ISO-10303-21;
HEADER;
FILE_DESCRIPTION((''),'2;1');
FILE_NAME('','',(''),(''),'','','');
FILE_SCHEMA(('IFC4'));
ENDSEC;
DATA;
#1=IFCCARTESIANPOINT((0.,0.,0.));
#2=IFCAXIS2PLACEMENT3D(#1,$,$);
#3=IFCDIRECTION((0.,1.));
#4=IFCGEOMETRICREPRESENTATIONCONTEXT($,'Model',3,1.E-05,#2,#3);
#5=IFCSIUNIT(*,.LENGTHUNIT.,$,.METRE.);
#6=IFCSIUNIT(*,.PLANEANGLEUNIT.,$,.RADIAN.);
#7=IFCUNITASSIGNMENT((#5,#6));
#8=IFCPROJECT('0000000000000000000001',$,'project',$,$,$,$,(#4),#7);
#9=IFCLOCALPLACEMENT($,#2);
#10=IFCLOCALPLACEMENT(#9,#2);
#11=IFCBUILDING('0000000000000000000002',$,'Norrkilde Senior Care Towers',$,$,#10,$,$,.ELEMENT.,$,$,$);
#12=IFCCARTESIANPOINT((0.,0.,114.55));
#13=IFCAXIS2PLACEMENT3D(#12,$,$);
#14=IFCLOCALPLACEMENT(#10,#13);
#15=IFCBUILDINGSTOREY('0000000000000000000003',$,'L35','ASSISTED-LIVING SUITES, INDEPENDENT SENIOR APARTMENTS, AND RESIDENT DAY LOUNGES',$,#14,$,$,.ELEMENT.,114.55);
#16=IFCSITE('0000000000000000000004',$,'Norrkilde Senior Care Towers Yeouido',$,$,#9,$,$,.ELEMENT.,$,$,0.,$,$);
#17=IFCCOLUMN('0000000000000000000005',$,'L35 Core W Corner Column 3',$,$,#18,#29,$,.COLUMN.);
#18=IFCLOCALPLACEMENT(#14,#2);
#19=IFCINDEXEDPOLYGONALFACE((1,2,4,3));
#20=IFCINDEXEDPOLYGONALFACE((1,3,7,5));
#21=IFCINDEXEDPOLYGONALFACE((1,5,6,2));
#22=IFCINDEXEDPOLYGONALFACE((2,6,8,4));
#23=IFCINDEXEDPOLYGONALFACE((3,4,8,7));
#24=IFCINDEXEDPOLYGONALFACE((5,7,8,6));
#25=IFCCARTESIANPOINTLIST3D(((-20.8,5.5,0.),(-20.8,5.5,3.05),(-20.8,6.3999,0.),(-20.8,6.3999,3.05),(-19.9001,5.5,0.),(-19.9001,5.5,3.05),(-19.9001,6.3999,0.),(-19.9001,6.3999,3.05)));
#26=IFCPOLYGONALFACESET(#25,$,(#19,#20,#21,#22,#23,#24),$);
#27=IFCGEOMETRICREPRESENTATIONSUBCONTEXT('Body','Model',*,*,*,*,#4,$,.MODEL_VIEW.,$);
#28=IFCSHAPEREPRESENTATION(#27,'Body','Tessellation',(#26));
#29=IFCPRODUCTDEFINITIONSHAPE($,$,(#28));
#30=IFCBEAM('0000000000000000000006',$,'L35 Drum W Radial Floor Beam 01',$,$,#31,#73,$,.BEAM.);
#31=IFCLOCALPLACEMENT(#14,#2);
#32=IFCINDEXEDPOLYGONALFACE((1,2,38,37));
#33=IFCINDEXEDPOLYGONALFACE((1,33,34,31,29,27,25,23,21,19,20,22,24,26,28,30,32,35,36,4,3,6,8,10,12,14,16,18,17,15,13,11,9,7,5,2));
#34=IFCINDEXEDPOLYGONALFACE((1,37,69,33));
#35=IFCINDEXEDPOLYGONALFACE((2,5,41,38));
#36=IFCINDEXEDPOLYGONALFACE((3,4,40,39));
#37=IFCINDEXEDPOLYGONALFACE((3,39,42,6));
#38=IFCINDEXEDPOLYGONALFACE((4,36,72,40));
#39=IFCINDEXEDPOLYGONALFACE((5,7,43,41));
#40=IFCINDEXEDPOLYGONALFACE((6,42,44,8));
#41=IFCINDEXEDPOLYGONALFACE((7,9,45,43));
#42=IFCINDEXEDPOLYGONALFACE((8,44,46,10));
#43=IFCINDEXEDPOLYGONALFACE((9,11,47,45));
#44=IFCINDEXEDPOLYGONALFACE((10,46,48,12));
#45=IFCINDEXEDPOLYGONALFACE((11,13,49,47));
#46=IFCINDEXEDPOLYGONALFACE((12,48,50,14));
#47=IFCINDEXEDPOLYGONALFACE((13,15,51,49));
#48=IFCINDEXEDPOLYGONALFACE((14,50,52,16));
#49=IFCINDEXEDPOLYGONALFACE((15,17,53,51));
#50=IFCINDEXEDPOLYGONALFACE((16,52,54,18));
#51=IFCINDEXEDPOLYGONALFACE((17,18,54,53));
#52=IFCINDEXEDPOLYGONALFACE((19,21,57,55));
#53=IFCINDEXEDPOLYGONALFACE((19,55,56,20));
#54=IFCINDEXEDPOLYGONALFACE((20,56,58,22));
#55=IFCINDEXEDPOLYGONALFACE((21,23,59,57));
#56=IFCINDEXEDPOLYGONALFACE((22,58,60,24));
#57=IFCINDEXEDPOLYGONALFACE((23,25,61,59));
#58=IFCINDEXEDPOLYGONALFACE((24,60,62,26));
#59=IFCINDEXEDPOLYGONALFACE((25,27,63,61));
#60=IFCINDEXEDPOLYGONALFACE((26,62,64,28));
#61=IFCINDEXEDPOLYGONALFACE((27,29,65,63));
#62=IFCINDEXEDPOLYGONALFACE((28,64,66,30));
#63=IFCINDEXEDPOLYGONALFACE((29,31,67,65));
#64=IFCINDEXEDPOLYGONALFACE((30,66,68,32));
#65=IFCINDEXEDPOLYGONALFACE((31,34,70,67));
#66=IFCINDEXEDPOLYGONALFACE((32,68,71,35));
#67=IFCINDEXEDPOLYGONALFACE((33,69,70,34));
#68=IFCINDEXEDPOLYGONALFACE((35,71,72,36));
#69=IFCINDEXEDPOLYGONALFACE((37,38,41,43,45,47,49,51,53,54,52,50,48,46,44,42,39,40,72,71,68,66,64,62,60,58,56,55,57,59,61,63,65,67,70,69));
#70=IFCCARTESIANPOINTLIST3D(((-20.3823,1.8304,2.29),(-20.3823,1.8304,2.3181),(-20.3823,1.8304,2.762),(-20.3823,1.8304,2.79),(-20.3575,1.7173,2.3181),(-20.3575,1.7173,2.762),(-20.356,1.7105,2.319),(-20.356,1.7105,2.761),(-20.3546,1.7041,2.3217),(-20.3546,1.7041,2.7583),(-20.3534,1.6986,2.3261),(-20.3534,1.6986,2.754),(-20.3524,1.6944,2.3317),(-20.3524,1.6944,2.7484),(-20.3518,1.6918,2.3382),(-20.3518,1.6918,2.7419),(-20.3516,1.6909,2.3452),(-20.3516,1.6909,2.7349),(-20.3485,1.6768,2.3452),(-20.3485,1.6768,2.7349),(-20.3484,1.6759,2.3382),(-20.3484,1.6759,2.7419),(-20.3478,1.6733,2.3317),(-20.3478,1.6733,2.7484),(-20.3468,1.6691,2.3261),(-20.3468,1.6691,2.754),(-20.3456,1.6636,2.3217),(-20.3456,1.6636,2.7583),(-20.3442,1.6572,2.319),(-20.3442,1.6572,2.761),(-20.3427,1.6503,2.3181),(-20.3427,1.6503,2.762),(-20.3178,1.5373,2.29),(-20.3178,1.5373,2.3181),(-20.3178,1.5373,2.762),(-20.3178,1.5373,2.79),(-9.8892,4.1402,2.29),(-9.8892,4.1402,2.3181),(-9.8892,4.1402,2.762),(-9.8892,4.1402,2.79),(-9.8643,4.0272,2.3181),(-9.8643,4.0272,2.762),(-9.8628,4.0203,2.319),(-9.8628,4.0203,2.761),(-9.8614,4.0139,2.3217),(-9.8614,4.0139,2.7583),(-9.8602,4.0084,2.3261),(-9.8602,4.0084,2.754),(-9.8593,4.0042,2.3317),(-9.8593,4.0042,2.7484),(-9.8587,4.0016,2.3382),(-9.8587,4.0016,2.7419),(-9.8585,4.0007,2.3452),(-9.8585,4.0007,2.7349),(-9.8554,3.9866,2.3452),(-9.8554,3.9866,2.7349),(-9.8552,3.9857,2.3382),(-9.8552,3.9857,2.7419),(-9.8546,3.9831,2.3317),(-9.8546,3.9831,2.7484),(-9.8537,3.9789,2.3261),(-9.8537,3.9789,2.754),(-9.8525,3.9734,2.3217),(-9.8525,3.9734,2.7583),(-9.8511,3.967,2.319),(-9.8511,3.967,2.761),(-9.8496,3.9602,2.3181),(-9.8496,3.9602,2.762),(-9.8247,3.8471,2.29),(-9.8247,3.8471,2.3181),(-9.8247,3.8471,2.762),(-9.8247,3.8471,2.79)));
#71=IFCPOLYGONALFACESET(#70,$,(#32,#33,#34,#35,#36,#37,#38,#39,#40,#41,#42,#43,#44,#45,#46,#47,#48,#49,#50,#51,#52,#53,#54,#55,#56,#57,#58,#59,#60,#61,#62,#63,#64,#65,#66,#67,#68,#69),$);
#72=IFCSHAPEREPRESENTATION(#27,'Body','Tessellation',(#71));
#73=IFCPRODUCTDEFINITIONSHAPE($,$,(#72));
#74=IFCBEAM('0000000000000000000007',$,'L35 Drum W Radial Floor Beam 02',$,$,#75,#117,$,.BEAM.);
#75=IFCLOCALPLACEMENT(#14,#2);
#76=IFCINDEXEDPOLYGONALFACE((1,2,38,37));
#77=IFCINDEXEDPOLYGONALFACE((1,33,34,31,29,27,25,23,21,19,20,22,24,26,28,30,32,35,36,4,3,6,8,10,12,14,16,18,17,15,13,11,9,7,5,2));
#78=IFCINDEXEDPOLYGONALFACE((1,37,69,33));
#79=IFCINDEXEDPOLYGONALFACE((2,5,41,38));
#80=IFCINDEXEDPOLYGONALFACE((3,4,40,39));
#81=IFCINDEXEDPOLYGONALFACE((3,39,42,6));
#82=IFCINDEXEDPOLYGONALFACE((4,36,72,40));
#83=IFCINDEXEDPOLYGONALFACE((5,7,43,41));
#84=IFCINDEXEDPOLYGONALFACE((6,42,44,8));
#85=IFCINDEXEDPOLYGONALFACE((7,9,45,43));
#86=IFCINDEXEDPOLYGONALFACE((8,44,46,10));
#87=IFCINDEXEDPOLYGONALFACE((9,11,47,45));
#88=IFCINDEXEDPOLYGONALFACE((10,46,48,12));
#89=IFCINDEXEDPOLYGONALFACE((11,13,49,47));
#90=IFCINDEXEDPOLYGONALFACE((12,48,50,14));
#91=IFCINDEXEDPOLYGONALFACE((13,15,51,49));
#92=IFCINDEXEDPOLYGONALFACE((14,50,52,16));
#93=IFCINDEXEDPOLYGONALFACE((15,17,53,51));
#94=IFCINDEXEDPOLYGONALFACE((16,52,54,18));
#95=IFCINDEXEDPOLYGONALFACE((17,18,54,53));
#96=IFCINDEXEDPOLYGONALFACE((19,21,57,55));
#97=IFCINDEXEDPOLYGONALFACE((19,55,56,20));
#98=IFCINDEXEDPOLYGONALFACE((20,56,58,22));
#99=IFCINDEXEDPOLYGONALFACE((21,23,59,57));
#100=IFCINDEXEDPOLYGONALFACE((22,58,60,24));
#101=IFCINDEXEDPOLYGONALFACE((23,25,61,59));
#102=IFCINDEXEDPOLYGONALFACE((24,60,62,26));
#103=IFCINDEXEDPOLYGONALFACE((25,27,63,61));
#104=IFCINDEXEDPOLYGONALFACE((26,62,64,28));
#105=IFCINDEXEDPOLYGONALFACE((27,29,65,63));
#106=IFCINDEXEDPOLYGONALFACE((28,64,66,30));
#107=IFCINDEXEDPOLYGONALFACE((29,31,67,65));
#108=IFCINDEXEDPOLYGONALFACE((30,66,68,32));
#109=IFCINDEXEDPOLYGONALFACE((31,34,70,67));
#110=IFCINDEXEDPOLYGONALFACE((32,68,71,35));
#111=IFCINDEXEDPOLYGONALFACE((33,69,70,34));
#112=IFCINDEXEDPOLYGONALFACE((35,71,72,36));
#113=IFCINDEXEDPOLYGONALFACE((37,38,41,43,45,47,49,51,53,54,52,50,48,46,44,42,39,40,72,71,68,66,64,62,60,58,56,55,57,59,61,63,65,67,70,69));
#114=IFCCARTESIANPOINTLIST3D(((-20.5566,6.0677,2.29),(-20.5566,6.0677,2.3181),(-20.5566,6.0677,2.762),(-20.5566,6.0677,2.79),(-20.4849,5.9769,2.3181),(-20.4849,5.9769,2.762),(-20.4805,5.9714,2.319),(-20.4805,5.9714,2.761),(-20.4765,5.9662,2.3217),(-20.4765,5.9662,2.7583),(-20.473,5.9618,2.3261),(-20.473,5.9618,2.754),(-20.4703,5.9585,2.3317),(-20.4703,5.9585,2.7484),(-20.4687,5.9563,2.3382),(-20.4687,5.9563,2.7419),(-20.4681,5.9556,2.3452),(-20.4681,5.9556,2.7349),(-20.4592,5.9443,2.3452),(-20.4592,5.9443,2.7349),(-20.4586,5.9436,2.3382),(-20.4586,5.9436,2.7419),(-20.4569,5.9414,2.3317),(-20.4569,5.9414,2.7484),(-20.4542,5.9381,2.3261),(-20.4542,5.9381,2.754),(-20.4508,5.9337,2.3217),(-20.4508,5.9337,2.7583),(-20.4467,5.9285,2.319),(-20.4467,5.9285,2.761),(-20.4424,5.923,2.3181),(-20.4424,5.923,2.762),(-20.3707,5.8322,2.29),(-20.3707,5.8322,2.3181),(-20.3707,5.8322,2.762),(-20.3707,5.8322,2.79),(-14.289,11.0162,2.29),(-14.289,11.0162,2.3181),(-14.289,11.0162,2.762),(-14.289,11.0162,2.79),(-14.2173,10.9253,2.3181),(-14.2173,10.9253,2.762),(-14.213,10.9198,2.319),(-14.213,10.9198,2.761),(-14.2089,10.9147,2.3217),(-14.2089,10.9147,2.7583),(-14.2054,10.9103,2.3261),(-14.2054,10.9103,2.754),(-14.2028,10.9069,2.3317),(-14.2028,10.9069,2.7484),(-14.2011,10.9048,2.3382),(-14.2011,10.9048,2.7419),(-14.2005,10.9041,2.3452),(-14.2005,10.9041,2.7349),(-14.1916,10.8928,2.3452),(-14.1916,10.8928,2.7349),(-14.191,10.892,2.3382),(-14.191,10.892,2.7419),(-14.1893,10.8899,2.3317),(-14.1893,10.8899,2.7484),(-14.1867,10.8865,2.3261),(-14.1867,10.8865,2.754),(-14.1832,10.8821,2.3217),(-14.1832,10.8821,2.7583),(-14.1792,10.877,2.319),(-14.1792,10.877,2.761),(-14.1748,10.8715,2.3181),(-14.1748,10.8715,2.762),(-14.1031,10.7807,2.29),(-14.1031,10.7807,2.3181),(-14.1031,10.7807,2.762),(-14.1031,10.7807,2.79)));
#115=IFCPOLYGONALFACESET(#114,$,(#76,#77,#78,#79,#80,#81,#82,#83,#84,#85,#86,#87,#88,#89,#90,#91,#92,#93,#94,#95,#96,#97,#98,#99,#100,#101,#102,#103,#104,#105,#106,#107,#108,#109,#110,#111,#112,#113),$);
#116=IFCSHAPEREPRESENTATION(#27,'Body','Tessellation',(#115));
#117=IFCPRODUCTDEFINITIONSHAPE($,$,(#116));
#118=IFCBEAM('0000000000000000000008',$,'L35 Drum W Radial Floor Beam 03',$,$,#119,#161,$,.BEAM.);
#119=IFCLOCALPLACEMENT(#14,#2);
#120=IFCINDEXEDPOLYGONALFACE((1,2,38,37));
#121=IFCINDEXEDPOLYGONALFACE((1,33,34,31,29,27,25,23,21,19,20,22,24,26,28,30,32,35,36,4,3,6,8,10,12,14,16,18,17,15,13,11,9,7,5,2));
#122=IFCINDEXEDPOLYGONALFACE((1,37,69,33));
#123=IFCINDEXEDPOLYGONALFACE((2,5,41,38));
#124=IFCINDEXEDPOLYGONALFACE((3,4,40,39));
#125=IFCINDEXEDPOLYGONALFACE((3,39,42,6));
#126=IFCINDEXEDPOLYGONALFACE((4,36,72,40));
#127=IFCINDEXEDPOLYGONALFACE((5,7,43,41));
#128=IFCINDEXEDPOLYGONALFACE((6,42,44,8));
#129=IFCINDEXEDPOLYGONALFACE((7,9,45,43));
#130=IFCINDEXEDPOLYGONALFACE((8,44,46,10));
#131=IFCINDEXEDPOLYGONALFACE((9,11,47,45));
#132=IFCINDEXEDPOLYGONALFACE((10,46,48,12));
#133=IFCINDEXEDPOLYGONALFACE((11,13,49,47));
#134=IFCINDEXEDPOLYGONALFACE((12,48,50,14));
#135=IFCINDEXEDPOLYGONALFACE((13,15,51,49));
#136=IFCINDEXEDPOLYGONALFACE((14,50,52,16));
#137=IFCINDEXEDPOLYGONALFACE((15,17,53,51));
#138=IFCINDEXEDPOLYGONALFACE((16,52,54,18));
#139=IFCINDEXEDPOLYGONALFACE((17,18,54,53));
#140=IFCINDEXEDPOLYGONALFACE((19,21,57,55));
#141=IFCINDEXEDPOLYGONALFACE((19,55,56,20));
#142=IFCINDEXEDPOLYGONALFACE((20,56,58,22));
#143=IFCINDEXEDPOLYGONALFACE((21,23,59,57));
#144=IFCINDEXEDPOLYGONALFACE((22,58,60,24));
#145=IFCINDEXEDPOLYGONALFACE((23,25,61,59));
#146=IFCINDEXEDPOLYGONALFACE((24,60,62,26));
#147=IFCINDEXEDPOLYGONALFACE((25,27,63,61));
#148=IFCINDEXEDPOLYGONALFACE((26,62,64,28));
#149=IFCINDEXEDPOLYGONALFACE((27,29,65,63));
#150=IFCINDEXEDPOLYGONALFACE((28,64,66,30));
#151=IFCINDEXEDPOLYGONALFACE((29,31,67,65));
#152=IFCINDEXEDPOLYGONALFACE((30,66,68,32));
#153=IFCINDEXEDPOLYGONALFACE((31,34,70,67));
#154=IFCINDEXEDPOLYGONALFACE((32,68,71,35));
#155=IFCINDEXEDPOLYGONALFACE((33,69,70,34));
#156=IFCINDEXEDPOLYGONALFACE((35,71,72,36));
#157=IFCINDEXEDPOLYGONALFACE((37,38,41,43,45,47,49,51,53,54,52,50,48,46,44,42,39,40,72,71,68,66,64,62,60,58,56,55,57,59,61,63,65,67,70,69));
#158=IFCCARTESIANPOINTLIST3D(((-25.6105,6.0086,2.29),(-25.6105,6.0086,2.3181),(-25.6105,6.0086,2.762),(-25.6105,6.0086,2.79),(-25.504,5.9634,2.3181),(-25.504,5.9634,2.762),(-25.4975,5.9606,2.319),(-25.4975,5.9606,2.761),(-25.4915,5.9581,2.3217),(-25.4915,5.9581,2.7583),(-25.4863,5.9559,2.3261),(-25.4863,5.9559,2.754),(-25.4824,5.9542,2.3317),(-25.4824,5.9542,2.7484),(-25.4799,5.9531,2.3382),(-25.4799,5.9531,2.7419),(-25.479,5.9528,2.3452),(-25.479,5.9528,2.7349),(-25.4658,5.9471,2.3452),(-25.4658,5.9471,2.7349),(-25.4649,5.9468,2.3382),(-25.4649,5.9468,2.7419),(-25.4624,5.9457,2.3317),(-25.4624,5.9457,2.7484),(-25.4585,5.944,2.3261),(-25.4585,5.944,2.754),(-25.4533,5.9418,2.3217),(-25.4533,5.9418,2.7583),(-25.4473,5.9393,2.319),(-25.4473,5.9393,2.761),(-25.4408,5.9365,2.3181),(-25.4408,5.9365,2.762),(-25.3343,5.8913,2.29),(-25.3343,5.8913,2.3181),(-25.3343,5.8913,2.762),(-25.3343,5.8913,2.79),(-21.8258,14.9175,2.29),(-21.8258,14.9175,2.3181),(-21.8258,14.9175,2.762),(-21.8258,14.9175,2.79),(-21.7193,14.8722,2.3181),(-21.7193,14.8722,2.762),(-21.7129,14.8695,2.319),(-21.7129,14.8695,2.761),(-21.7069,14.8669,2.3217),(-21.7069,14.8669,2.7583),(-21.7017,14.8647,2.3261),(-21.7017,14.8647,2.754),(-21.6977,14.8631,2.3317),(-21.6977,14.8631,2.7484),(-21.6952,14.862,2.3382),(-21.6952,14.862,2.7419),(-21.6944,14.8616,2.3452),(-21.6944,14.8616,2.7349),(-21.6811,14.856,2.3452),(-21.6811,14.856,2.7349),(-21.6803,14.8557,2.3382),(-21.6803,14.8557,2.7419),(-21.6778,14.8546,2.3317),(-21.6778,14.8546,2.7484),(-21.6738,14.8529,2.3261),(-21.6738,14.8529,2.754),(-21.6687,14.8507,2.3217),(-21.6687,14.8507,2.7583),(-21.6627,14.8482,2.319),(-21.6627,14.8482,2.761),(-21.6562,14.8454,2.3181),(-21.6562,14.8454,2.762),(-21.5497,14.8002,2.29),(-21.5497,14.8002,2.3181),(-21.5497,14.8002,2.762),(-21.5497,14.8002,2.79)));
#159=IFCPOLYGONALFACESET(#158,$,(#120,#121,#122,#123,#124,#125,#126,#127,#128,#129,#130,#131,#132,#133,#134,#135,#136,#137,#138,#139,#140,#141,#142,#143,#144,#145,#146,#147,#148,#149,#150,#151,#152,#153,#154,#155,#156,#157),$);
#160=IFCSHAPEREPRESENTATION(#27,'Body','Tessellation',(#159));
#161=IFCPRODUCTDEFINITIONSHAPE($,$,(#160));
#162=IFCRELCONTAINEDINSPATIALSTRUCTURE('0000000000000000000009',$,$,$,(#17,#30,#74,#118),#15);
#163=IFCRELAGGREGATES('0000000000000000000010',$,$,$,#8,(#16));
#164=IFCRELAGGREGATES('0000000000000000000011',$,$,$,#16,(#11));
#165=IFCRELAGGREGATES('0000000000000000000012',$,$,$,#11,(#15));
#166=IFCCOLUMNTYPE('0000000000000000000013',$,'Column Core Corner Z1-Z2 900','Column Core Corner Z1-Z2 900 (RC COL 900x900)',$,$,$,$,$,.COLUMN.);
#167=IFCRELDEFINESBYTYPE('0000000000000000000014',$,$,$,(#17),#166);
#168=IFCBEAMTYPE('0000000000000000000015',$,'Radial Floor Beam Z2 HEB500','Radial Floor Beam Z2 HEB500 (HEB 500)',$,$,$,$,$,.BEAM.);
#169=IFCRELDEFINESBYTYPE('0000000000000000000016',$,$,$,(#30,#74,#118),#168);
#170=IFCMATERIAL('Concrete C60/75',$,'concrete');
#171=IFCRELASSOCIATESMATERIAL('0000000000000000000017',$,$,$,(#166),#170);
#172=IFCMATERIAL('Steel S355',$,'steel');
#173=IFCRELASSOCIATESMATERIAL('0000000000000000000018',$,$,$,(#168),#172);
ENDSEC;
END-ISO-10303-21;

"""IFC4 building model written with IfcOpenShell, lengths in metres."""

from ifc_helpers import new_model, si_unit, direction, frame, origin, origin_2d, place, context, subcontext, project, spatial, rectangle, i_section, extrude, source, transform, mapped, material, material_profile, profile_set, type_object, type_shapes, element, save


model = new_model("IFC4")

# Units and contexts
model_context = context("Model", 3, precision=1e-05, world=origin(), true_north=direction((0.0, 1.0)))
body_context = subcontext(model_context, "Body", "Model", "MODEL_VIEW")
ifc_project = project(units=[si_unit("LENGTHUNIT", "METRE"), si_unit("PLANEANGLEUNIT", "RADIAN")], contexts=[model_context])

# Site, building, storey
site_placement = place(None, origin())
site = spatial("IfcSite", under=ifc_project, at=site_placement, Name="Norrkilde Senior Care Towers Yeouido", CompositionType="ELEMENT", RefElevation=0.0)
building_placement = place(site_placement, origin())
building = spatial("IfcBuilding", under=site, at=building_placement, Name="Norrkilde Senior Care Towers", CompositionType="ELEMENT")
storey_placement = place(building_placement, frame((0.0, 0.0, 114.55)))
storey = spatial("IfcBuildingStorey", under=building, at=storey_placement, Name="L35", Description="ASSISTED-LIVING SUITES, INDEPENDENT SENIOR APARTMENTS, AND RESIDENT DAY LOUNGES", CompositionType="ELEMENT", Elevation=114.55)

# Column
ifc_material_1 = material(Name="Concrete C60/75", Category="concrete")
ifc_material_profile_1 = material_profile(ifc_material_1, rectangle(XDim=0.8999, YDim=0.8999, at=origin_2d()), Name="RC COL 900x900")
ifc_profile_set_1 = profile_set([ifc_material_profile_1], Name="Concrete C60/75")
column_type = type_object("IfcColumnType", Name="Column Core Corner Z1-Z2 900", Description="Column Core Corner Z1-Z2 900 (RC COL 900x900)", PredefinedType="COLUMN", material=ifc_profile_set_1)
shared_shape_1 = source(origin(), body_context, "Body", "SweptSolid", [
    extrude(rectangle(XDim=0.8999, YDim=0.8999, at=origin_2d()), origin(), (0.0, 0.0, 1.0), 3.05),
])
type_shapes(column_type, [shared_shape_1])
column_placement = place(storey_placement, frame((-20.3501, 5.95, 0.0), z_axis=(0.0, 0.0, 1.0), x_axis=(1.0, 0.0, 0.0)))
element("IfcColumn", 1, at=column_placement, inside=storey, type_object=column_type, Name="L35 Core W Corner Column 3", PredefinedType="COLUMN", context=body_context, shape_type="MappedRepresentation", body=[
    mapped(shared_shape_1, transform((0.0, 0.0, 0.0), x_axis=(1.0, 0.0, 0.0), y_axis=(0.0, 1.0, 0.0), z_axis=(0.0, 0.0, 1.0), scale=1.0)),
])

# Beams
ifc_material_2 = material(Name="Steel S355", Category="steel")
ifc_material_profile_2 = material_profile(ifc_material_2, i_section(OverallWidth=0.3, OverallDepth=0.5, WebThickness=0.0144, FlangeThickness=0.0281, FilletRadius=0.0271, at=origin_2d()), Name="HEB 500")
ifc_profile_set_2 = profile_set([ifc_material_profile_2], Name="Steel S355")
beam_type = type_object("IfcBeamType", Name="Radial Floor Beam Z2 HEB500", Description="Radial Floor Beam Z2 HEB500 (HEB 500)", PredefinedType="BEAM", material=ifc_profile_set_2)
shared_shape_2 = source(origin(), body_context, "Body", "SweptSolid", [
    extrude(i_section(OverallWidth=0.3, OverallDepth=0.5, WebThickness=0.0144, FlangeThickness=0.0281, FilletRadius=0.0271, at=origin_2d()), origin(), (0.0, 0.0, 1.0), 10.7444),
])
beam_1_placement = place(storey_placement, frame((-20.3501, 1.6838, 2.54), z_axis=(0.976619, 0.214979, 0.0), x_axis=(-0.214979, 0.976619, 0.0)))
element("IfcBeam", 2, at=beam_1_placement, inside=storey, type_object=beam_type, Name="L35 Drum W Radial Floor Beam 01", PredefinedType="BEAM", context=body_context, shape_type="MappedRepresentation", body=[
    mapped(shared_shape_2, transform((0.0, 0.0, 0.0), x_axis=(1.0, 0.0, 0.0), y_axis=(0.0, 1.0, 0.0), z_axis=(0.0, 0.0, 1.0), scale=1.0)),
])
shared_shape_3 = source(origin(), body_context, "Body", "SweptSolid", [
    extrude(i_section(OverallWidth=0.3, OverallDepth=0.5, WebThickness=0.0144, FlangeThickness=0.0281, FilletRadius=0.0271, at=origin_2d()), origin(), (0.0, 0.0, 1.0), 7.9856),
])
beam_2_placement = place(storey_placement, frame((-20.4636, 5.95, 2.54), z_axis=(0.784859, 0.619675, 0.0), x_axis=(-0.619675, 0.784859, 0.0)))
element("IfcBeam", 3, at=beam_2_placement, inside=storey, type_object=beam_type, Name="L35 Drum W Radial Floor Beam 02", PredefinedType="BEAM", context=body_context, shape_type="MappedRepresentation", body=[
    mapped(shared_shape_3, transform((0.0, 0.0, 0.0), x_axis=(1.0, 0.0, 0.0), y_axis=(0.0, 1.0, 0.0), z_axis=(0.0, 0.0, 1.0), scale=1.0)),
])
shared_shape_4 = source(origin(), body_context, "Body", "SweptSolid", [
    extrude(i_section(OverallWidth=0.3, OverallDepth=0.5, WebThickness=0.0144, FlangeThickness=0.0281, FilletRadius=0.0271, at=origin_2d()), origin(), (0.0, 0.0, 1.0), 9.6794),
])
type_shapes(beam_type, [shared_shape_2, shared_shape_3, shared_shape_4])
beam_3_placement = place(storey_placement, frame((-25.4724, 5.95, 2.54), z_axis=(0.390998, 0.920392, 0.0), x_axis=(-0.920392, 0.390998, 0.0)))
element("IfcBeam", 4, at=beam_3_placement, inside=storey, type_object=beam_type, Name="L35 Drum W Radial Floor Beam 03", PredefinedType="BEAM", context=body_context, shape_type="MappedRepresentation", body=[
    mapped(shared_shape_4, transform((0.0, 0.0, 0.0), x_axis=(1.0, 0.0, 0.0), y_axis=(0.0, 1.0, 0.0), z_axis=(0.0, 0.0, 1.0), scale=1.0)),
])

save(model, "model.ifc")
